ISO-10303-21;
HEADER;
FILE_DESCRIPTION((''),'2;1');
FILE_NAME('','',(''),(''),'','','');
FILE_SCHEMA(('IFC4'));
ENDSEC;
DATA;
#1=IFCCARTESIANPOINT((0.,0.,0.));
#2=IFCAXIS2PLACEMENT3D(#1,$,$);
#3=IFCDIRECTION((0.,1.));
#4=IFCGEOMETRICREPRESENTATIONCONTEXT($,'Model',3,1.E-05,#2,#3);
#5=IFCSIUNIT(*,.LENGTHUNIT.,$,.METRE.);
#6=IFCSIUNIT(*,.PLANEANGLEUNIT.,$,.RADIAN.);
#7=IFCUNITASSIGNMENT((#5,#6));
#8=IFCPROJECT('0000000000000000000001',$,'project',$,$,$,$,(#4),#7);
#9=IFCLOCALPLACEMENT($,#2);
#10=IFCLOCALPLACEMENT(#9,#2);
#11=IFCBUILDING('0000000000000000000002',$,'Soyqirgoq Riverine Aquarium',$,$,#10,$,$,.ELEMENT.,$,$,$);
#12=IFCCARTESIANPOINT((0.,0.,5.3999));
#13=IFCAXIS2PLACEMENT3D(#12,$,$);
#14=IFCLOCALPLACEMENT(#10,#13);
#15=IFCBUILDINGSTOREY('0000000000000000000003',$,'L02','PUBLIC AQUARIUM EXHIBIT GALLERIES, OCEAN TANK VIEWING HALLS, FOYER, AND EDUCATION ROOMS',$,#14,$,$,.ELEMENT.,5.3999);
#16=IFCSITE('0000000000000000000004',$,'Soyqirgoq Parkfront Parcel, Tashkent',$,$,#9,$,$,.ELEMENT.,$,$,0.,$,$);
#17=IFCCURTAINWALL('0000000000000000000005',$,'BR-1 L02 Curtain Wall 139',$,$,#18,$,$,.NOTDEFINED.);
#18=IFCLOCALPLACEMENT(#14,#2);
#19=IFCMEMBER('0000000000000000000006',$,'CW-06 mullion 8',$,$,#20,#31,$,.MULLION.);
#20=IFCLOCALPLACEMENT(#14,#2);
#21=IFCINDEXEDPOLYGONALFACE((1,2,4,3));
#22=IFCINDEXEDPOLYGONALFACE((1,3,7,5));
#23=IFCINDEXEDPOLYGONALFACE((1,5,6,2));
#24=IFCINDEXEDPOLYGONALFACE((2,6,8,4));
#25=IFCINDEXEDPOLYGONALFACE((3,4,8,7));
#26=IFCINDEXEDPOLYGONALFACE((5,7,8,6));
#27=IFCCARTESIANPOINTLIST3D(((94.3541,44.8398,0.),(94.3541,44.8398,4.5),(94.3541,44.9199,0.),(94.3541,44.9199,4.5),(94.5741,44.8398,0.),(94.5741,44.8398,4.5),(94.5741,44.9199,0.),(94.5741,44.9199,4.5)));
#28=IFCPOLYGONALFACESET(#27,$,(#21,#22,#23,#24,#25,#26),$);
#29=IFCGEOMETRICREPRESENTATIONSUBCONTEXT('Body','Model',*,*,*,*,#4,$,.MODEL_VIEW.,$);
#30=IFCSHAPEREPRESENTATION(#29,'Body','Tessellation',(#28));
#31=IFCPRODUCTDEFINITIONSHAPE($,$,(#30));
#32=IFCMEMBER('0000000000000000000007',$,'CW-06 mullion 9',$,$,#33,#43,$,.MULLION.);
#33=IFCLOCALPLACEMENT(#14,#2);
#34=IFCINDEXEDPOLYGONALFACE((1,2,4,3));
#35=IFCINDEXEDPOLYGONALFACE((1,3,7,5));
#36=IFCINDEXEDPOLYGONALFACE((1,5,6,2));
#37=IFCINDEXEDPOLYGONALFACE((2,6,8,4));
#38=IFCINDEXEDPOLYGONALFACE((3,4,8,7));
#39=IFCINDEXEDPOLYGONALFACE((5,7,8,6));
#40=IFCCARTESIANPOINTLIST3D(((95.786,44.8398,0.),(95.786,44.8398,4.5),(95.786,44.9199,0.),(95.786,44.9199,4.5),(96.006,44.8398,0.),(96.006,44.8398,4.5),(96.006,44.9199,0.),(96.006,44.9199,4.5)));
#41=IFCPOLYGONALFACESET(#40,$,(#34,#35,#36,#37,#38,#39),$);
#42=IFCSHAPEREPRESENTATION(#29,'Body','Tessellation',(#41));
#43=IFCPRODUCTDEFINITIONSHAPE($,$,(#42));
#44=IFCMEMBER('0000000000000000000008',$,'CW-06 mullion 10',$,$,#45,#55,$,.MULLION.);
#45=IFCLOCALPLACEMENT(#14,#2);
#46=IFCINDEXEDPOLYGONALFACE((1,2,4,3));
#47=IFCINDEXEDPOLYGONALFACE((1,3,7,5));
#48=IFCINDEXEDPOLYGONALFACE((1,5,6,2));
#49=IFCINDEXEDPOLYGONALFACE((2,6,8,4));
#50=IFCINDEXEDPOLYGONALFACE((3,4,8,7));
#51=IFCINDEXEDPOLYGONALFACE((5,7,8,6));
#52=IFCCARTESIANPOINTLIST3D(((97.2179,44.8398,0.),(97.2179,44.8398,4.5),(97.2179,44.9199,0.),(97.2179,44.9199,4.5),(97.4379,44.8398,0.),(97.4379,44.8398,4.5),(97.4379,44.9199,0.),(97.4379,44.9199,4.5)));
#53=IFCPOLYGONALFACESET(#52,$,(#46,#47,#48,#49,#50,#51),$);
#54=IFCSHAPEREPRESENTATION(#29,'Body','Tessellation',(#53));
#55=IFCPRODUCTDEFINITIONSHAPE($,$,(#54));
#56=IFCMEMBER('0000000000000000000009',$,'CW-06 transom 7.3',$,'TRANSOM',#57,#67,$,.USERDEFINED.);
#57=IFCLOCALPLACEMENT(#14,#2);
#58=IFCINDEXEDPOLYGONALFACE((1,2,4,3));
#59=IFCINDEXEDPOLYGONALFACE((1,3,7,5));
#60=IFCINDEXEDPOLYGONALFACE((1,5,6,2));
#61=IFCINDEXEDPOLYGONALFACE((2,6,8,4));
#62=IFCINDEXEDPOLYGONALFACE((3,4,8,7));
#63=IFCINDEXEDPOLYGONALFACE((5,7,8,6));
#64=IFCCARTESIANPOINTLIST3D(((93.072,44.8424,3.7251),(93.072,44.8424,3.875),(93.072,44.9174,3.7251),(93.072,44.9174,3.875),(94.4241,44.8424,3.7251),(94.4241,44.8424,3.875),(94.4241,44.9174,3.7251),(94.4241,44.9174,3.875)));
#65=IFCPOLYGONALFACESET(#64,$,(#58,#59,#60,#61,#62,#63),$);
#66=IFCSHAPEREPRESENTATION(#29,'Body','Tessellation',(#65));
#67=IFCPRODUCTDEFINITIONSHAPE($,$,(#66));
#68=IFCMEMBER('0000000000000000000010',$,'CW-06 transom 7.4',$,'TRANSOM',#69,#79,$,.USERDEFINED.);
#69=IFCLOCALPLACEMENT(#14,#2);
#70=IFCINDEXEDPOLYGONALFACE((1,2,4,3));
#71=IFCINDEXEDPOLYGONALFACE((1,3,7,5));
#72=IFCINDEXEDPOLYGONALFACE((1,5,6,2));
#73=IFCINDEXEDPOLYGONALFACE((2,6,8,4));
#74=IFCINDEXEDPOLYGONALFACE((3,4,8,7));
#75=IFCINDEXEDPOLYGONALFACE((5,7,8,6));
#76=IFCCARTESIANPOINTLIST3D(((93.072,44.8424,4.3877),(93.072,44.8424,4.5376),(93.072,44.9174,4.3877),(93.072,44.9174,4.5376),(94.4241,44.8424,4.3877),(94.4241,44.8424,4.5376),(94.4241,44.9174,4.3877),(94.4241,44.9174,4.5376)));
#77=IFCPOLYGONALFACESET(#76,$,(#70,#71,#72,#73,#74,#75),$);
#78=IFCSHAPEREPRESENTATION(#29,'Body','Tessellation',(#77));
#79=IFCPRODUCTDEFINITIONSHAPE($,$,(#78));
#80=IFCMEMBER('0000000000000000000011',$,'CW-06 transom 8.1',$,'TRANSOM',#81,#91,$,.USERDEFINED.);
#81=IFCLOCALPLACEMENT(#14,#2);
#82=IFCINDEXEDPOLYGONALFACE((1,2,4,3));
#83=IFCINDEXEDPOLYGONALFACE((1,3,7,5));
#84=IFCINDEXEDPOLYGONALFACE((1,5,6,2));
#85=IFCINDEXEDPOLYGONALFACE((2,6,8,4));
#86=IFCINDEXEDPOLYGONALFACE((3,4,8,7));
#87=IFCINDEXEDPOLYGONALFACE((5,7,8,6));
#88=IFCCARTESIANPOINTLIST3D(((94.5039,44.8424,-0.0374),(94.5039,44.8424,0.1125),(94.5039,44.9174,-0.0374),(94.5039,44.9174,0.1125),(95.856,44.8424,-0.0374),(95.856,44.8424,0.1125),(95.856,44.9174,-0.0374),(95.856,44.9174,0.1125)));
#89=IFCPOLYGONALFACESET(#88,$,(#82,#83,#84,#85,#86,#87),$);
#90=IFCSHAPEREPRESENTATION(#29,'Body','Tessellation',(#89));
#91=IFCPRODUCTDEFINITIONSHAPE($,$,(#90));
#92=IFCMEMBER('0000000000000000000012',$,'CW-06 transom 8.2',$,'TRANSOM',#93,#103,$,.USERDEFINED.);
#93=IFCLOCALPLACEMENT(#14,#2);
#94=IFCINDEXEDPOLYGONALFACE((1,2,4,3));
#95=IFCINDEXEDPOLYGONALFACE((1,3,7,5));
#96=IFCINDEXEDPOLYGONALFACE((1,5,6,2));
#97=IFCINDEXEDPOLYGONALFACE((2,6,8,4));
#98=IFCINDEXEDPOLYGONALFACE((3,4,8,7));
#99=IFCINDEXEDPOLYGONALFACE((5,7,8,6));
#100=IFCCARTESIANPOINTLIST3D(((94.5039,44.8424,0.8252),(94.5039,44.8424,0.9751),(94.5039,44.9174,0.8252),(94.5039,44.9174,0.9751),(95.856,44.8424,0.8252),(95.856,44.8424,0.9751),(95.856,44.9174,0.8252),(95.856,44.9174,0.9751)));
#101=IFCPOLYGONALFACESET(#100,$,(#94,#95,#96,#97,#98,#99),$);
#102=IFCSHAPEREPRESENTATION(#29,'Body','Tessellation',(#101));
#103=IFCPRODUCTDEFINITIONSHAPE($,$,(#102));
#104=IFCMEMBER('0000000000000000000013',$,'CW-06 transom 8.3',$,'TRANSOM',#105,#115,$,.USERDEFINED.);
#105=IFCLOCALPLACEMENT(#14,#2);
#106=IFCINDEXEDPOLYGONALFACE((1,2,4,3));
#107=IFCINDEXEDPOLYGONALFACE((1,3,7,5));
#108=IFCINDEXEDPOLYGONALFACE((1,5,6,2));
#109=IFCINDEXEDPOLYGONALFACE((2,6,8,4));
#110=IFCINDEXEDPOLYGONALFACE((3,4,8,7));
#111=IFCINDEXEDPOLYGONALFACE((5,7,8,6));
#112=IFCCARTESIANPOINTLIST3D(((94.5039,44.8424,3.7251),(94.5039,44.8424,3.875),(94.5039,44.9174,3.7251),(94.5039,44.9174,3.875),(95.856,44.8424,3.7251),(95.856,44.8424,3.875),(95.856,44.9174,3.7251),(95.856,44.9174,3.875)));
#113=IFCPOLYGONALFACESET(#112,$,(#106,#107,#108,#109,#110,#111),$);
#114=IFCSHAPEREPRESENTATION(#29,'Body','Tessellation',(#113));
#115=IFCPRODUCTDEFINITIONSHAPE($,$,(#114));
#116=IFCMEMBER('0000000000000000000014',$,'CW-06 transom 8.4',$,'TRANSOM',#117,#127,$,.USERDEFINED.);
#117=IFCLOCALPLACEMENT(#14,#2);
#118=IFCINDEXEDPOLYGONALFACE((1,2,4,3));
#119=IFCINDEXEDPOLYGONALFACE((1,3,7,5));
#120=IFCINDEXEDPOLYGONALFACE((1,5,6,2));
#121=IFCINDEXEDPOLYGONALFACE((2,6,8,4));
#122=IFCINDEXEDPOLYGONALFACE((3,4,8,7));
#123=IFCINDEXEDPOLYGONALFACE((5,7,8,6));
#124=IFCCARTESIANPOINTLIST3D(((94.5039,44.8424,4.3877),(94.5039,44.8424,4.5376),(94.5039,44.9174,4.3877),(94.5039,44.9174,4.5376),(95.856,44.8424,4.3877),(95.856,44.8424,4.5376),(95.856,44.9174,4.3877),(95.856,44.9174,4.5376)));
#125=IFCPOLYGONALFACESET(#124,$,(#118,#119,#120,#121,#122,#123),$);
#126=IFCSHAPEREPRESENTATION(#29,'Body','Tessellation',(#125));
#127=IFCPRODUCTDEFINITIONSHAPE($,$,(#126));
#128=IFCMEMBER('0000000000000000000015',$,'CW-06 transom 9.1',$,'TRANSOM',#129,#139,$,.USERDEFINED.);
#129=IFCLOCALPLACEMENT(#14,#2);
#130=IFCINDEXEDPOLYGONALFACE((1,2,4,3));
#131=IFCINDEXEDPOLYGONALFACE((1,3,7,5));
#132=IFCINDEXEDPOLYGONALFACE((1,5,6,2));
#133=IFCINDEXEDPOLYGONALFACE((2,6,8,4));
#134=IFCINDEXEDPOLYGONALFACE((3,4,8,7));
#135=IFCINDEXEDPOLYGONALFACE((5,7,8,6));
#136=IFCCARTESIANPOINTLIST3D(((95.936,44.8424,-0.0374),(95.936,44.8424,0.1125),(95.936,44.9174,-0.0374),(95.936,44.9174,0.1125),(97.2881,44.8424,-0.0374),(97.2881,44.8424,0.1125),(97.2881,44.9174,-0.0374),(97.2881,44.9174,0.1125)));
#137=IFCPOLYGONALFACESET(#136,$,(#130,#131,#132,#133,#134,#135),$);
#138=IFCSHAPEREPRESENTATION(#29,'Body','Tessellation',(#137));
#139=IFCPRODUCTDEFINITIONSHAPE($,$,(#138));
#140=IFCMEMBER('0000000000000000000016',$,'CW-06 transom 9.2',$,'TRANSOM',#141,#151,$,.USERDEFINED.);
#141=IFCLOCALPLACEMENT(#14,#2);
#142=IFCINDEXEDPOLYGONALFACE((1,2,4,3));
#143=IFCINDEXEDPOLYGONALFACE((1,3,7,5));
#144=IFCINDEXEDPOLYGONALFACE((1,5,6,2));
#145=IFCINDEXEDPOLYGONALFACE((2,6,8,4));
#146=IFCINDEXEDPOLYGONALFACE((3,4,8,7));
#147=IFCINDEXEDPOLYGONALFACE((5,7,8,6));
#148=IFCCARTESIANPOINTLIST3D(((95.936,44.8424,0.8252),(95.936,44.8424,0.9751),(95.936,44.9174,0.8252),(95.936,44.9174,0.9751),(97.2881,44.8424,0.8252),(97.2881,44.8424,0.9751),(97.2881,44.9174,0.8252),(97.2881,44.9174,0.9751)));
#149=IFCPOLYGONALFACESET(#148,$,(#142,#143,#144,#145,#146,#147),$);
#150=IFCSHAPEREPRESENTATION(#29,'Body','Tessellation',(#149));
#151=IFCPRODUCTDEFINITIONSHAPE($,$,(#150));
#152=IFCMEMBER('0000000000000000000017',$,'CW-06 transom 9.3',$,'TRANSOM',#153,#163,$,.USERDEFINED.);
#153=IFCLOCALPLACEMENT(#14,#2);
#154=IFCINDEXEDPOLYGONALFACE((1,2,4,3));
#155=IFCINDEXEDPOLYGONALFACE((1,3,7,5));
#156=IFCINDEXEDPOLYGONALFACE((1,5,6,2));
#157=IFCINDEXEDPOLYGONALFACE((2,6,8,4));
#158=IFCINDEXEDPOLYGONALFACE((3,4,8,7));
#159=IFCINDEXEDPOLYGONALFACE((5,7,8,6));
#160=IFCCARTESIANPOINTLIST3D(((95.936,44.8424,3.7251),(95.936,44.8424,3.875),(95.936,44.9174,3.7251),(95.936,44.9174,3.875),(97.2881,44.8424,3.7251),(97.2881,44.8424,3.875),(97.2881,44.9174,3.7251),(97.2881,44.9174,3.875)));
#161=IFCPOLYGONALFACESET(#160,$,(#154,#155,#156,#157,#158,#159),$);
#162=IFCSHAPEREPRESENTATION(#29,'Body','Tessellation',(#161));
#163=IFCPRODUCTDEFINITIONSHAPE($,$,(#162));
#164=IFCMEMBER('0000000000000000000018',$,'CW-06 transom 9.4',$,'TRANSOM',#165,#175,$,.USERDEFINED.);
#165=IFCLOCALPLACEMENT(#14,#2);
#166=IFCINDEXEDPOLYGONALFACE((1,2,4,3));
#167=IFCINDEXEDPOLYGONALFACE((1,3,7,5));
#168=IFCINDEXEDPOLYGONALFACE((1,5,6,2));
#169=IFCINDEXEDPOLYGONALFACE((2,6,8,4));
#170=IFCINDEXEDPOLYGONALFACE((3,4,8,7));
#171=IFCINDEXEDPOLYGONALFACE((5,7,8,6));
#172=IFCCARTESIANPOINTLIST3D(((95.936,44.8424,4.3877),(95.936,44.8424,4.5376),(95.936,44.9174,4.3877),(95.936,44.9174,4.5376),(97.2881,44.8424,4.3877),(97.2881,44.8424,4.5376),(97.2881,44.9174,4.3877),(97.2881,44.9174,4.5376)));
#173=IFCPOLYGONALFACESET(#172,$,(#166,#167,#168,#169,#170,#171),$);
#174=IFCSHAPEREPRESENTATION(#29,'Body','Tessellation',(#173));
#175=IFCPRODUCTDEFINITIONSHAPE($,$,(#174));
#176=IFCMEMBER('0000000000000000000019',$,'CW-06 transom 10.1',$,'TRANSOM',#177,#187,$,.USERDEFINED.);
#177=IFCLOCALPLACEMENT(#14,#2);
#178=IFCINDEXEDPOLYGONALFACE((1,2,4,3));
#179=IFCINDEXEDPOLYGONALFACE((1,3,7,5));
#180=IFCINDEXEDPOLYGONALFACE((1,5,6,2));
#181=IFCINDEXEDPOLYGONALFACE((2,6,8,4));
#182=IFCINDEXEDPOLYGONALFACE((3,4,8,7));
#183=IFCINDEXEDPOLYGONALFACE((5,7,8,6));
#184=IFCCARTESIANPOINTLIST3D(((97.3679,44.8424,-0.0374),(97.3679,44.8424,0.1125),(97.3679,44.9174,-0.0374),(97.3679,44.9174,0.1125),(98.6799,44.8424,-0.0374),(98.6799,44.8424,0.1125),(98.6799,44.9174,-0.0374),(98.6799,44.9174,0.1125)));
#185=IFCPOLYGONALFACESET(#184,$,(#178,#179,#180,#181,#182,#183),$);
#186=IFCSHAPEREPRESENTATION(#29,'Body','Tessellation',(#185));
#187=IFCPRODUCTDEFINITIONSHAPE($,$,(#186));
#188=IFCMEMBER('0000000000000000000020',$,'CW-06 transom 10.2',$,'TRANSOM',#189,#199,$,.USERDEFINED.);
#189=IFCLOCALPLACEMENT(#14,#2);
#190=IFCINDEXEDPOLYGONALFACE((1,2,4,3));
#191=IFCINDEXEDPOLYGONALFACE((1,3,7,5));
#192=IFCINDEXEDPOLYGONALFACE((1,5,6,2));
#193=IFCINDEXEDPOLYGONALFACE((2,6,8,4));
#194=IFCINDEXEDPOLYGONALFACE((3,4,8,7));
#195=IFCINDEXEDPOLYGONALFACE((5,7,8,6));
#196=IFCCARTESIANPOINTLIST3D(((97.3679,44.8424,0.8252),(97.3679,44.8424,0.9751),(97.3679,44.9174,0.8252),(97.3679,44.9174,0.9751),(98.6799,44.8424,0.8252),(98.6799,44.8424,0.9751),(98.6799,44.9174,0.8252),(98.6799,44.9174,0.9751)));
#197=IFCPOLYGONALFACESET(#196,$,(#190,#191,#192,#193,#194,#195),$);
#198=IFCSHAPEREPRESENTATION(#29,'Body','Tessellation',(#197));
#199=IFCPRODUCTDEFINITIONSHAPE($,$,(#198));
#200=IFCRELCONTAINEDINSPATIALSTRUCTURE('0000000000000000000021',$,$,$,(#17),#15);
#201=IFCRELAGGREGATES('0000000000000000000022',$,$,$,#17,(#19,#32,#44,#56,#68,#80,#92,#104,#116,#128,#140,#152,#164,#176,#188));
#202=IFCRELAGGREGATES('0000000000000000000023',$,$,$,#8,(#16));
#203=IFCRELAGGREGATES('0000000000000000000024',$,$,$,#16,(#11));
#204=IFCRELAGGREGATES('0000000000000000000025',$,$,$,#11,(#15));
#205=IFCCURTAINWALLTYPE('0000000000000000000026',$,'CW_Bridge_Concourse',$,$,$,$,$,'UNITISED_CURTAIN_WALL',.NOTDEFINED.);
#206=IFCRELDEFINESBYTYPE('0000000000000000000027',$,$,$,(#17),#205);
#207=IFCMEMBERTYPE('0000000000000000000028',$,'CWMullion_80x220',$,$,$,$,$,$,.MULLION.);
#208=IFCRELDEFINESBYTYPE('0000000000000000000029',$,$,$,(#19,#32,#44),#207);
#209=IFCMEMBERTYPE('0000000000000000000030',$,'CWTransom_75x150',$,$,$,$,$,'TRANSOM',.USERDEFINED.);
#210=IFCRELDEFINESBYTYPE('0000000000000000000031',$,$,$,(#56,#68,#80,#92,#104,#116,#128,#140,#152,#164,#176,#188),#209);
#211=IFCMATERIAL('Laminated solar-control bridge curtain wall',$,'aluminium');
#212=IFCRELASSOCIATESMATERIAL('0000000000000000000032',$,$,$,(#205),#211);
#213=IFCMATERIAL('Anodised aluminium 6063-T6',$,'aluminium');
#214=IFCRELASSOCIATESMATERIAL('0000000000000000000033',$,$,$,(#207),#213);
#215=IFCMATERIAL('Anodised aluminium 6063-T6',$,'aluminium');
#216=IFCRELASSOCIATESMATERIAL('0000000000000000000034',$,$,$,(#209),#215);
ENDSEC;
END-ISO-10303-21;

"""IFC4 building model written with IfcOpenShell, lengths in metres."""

from ifc_helpers import new_model, si_unit, direction, frame, origin, origin_2d, place, context, subcontext, project, spatial, rectangle, extrude, material, material_profile, profile_set, type_object, element, aggregate, save


model = new_model("IFC4")

# Units and contexts
model_context = context("Model", 3, precision=1e-05, world=origin(), true_north=direction((0.0, 1.0)))
body_context = subcontext(model_context, "Body", "Model", "MODEL_VIEW")
ifc_project = project(units=[si_unit("LENGTHUNIT", "METRE"), si_unit("PLANEANGLEUNIT", "RADIAN")], contexts=[model_context])

# Site, building, storey
site_placement = place(None, origin())
site = spatial("IfcSite", under=ifc_project, at=site_placement, Name="Soyqirgoq Parkfront Parcel, Tashkent", CompositionType="ELEMENT", RefElevation=0.0)
building_placement = place(site_placement, origin())
building = spatial("IfcBuilding", under=site, at=building_placement, Name="Soyqirgoq Riverine Aquarium", CompositionType="ELEMENT")
storey_placement = place(building_placement, frame((0.0, 0.0, 5.3999)))
storey = spatial("IfcBuildingStorey", under=building, at=storey_placement, Name="L02", Description="PUBLIC AQUARIUM EXHIBIT GALLERIES, OCEAN TANK VIEWING HALLS, FOYER, AND EDUCATION ROOMS", CompositionType="ELEMENT", Elevation=5.3999)

# Curtain wall, members
ifc_material_1 = material(Name="Laminated solar-control bridge curtain wall", Category="aluminium")
curtain_wall_type = type_object("IfcCurtainWallType", Name="CW_Bridge_Concourse", ElementType="UNITISED_CURTAIN_WALL", PredefinedType="NOTDEFINED", material=ifc_material_1)
curtain_wall_placement = place(storey_placement, origin())
curtain_wall = element("IfcCurtainWall", 1, at=curtain_wall_placement, inside=storey, type_object=curtain_wall_type, Name="BR-1 L02 Curtain Wall 139", PredefinedType="NOTDEFINED")
ifc_material_2 = material(Name="Anodised aluminium 6063-T6", Category="aluminium")
ifc_material_profile_1 = material_profile(ifc_material_2, rectangle(XDim=0.0801, YDim=0.22, at=origin_2d()), Name="ALU-M 80x220")
ifc_profile_set_1 = profile_set([ifc_material_profile_1], Name="Anodised aluminium 6063-T6")
member_type_1 = type_object("IfcMemberType", Name="CWMullion_80x220", PredefinedType="MULLION", material=ifc_profile_set_1)
member_1_placement = place(storey_placement, frame((94.4641, 44.8799, 0.0), z_axis=(0.0, 0.0, 1.0), x_axis=(0.0, 1.0, 0.0)))
member_1 = element("IfcMember", 2, at=member_1_placement, type_object=member_type_1, Name="CW-06 mullion 8", PredefinedType="MULLION", context=body_context, shape_type="SweptSolid", body=[
    extrude(rectangle(XDim=0.0801, YDim=0.22, at=origin_2d()), origin(), (0.0, 0.0, 1.0), 4.5),
])
member_2_placement = place(storey_placement, frame((95.896, 44.8799, 0.0), z_axis=(0.0, 0.0, 1.0), x_axis=(0.0, 1.0, 0.0)))
member_2 = element("IfcMember", 3, at=member_2_placement, type_object=member_type_1, Name="CW-06 mullion 9", PredefinedType="MULLION", context=body_context, shape_type="SweptSolid", body=[
    extrude(rectangle(XDim=0.0801, YDim=0.22, at=origin_2d()), origin(), (0.0, 0.0, 1.0), 4.5),
])
member_3_placement = place(storey_placement, frame((97.3279, 44.8799, 0.0), z_axis=(0.0, 0.0, 1.0), x_axis=(0.0, 1.0, 0.0)))
member_3 = element("IfcMember", 4, at=member_3_placement, type_object=member_type_1, Name="CW-06 mullion 10", PredefinedType="MULLION", context=body_context, shape_type="SweptSolid", body=[
    extrude(rectangle(XDim=0.0801, YDim=0.22, at=origin_2d()), origin(), (0.0, 0.0, 1.0), 4.5),
])
ifc_material_3 = material(Name="Anodised aluminium 6063-T6", Category="aluminium")
ifc_material_profile_2 = material_profile(ifc_material_3, rectangle(XDim=0.075, YDim=0.1499, at=origin_2d()), Name="ALU-T 75x150")
ifc_profile_set_2 = profile_set([ifc_material_profile_2], Name="Anodised aluminium 6063-T6")
member_type_2 = type_object("IfcMemberType", Name="CWTransom_75x150", ElementType="TRANSOM", PredefinedType="USERDEFINED", material=ifc_profile_set_2)
member_4_placement = place(storey_placement, frame((93.072, 44.8799, 3.8), z_axis=(1.0, 0.0, 0.0), x_axis=(0.0, 1.0, 0.0)))
member_4 = element("IfcMember", 5, at=member_4_placement, type_object=member_type_2, Name="CW-06 transom 7.3", ObjectType="TRANSOM", PredefinedType="USERDEFINED", context=body_context, shape_type="SweptSolid", body=[
    extrude(rectangle(XDim=0.075, YDim=0.1499, at=origin_2d()), origin(), (0.0, 0.0, 1.0), 1.3521),
])
member_5_placement = place(storey_placement, frame((93.072, 44.8799, 4.4626), z_axis=(1.0, 0.0, 0.0), x_axis=(0.0, 1.0, 0.0)))
member_5 = element("IfcMember", 6, at=member_5_placement, type_object=member_type_2, Name="CW-06 transom 7.4", ObjectType="TRANSOM", PredefinedType="USERDEFINED", context=body_context, shape_type="SweptSolid", body=[
    extrude(rectangle(XDim=0.075, YDim=0.1499, at=origin_2d()), origin(), (0.0, 0.0, 1.0), 1.3521),
])
member_6_placement = place(storey_placement, frame((94.5039, 44.8799, 0.0376), z_axis=(1.0, 0.0, 0.0), x_axis=(0.0, 1.0, 0.0)))
member_6 = element("IfcMember", 7, at=member_6_placement, type_object=member_type_2, Name="CW-06 transom 8.1", ObjectType="TRANSOM", PredefinedType="USERDEFINED", context=body_context, shape_type="SweptSolid", body=[
    extrude(rectangle(XDim=0.075, YDim=0.1499, at=origin_2d()), origin(), (0.0, 0.0, 1.0), 1.3521),
])
member_7_placement = place(storey_placement, frame((94.5039, 44.8799, 0.9001), z_axis=(1.0, 0.0, 0.0), x_axis=(0.0, 1.0, 0.0)))
member_7 = element("IfcMember", 8, at=member_7_placement, type_object=member_type_2, Name="CW-06 transom 8.2", ObjectType="TRANSOM", PredefinedType="USERDEFINED", context=body_context, shape_type="SweptSolid", body=[
    extrude(rectangle(XDim=0.075, YDim=0.1499, at=origin_2d()), origin(), (0.0, 0.0, 1.0), 1.3521),
])
member_8_placement = place(storey_placement, frame((94.5039, 44.8799, 3.8), z_axis=(1.0, 0.0, 0.0), x_axis=(0.0, 1.0, 0.0)))
member_8 = element("IfcMember", 9, at=member_8_placement, type_object=member_type_2, Name="CW-06 transom 8.3", ObjectType="TRANSOM", PredefinedType="USERDEFINED", context=body_context, shape_type="SweptSolid", body=[
    extrude(rectangle(XDim=0.075, YDim=0.1499, at=origin_2d()), origin(), (0.0, 0.0, 1.0), 1.3521),
])
member_9_placement = place(storey_placement, frame((94.5039, 44.8799, 4.4626), z_axis=(1.0, 0.0, 0.0), x_axis=(0.0, 1.0, 0.0)))
member_9 = element("IfcMember", 10, at=member_9_placement, type_object=member_type_2, Name="CW-06 transom 8.4", ObjectType="TRANSOM", PredefinedType="USERDEFINED", context=body_context, shape_type="SweptSolid", body=[
    extrude(rectangle(XDim=0.075, YDim=0.1499, at=origin_2d()), origin(), (0.0, 0.0, 1.0), 1.3521),
])
member_10_placement = place(storey_placement, frame((95.936, 44.8799, 0.0376), z_axis=(1.0, 0.0, 0.0), x_axis=(0.0, 1.0, 0.0)))
member_10 = element("IfcMember", 11, at=member_10_placement, type_object=member_type_2, Name="CW-06 transom 9.1", ObjectType="TRANSOM", PredefinedType="USERDEFINED", context=body_context, shape_type="SweptSolid", body=[
    extrude(rectangle(XDim=0.075, YDim=0.1499, at=origin_2d()), origin(), (0.0, 0.0, 1.0), 1.3521),
])
member_11_placement = place(storey_placement, frame((95.936, 44.8799, 0.9001), z_axis=(1.0, 0.0, 0.0), x_axis=(0.0, 1.0, 0.0)))
member_11 = element("IfcMember", 12, at=member_11_placement, type_object=member_type_2, Name="CW-06 transom 9.2", ObjectType="TRANSOM", PredefinedType="USERDEFINED", context=body_context, shape_type="SweptSolid", body=[
    extrude(rectangle(XDim=0.075, YDim=0.1499, at=origin_2d()), origin(), (0.0, 0.0, 1.0), 1.3521),
])
member_12_placement = place(storey_placement, frame((95.936, 44.8799, 3.8), z_axis=(1.0, 0.0, 0.0), x_axis=(0.0, 1.0, 0.0)))
member_12 = element("IfcMember", 13, at=member_12_placement, type_object=member_type_2, Name="CW-06 transom 9.3", ObjectType="TRANSOM", PredefinedType="USERDEFINED", context=body_context, shape_type="SweptSolid", body=[
    extrude(rectangle(XDim=0.075, YDim=0.1499, at=origin_2d()), origin(), (0.0, 0.0, 1.0), 1.3521),
])
member_13_placement = place(storey_placement, frame((95.936, 44.8799, 4.4626), z_axis=(1.0, 0.0, 0.0), x_axis=(0.0, 1.0, 0.0)))
member_13 = element("IfcMember", 14, at=member_13_placement, type_object=member_type_2, Name="CW-06 transom 9.4", ObjectType="TRANSOM", PredefinedType="USERDEFINED", context=body_context, shape_type="SweptSolid", body=[
    extrude(rectangle(XDim=0.075, YDim=0.1499, at=origin_2d()), origin(), (0.0, 0.0, 1.0), 1.3521),
])
member_14_placement = place(storey_placement, frame((97.3679, 44.8799, 0.0376), z_axis=(1.0, 0.0, 0.0), x_axis=(0.0, 1.0, 0.0)))
member_14 = element("IfcMember", 15, at=member_14_placement, type_object=member_type_2, Name="CW-06 transom 10.1", ObjectType="TRANSOM", PredefinedType="USERDEFINED", context=body_context, shape_type="SweptSolid", body=[
    extrude(rectangle(XDim=0.075, YDim=0.1499, at=origin_2d()), origin(), (0.0, 0.0, 1.0), 1.312),
])
member_15_placement = place(storey_placement, frame((97.3679, 44.8799, 0.9001), z_axis=(1.0, 0.0, 0.0), x_axis=(0.0, 1.0, 0.0)))
member_15 = element("IfcMember", 16, at=member_15_placement, type_object=member_type_2, Name="CW-06 transom 10.2", ObjectType="TRANSOM", PredefinedType="USERDEFINED", context=body_context, shape_type="SweptSolid", body=[
    extrude(rectangle(XDim=0.075, YDim=0.1499, at=origin_2d()), origin(), (0.0, 0.0, 1.0), 1.312),
])
aggregate(curtain_wall, [member_1, member_2, member_3, member_4, member_5, member_6, member_7, member_8, member_9, member_10, member_11, member_12, member_13, member_14, member_15])

save(model, "model.ifc")
